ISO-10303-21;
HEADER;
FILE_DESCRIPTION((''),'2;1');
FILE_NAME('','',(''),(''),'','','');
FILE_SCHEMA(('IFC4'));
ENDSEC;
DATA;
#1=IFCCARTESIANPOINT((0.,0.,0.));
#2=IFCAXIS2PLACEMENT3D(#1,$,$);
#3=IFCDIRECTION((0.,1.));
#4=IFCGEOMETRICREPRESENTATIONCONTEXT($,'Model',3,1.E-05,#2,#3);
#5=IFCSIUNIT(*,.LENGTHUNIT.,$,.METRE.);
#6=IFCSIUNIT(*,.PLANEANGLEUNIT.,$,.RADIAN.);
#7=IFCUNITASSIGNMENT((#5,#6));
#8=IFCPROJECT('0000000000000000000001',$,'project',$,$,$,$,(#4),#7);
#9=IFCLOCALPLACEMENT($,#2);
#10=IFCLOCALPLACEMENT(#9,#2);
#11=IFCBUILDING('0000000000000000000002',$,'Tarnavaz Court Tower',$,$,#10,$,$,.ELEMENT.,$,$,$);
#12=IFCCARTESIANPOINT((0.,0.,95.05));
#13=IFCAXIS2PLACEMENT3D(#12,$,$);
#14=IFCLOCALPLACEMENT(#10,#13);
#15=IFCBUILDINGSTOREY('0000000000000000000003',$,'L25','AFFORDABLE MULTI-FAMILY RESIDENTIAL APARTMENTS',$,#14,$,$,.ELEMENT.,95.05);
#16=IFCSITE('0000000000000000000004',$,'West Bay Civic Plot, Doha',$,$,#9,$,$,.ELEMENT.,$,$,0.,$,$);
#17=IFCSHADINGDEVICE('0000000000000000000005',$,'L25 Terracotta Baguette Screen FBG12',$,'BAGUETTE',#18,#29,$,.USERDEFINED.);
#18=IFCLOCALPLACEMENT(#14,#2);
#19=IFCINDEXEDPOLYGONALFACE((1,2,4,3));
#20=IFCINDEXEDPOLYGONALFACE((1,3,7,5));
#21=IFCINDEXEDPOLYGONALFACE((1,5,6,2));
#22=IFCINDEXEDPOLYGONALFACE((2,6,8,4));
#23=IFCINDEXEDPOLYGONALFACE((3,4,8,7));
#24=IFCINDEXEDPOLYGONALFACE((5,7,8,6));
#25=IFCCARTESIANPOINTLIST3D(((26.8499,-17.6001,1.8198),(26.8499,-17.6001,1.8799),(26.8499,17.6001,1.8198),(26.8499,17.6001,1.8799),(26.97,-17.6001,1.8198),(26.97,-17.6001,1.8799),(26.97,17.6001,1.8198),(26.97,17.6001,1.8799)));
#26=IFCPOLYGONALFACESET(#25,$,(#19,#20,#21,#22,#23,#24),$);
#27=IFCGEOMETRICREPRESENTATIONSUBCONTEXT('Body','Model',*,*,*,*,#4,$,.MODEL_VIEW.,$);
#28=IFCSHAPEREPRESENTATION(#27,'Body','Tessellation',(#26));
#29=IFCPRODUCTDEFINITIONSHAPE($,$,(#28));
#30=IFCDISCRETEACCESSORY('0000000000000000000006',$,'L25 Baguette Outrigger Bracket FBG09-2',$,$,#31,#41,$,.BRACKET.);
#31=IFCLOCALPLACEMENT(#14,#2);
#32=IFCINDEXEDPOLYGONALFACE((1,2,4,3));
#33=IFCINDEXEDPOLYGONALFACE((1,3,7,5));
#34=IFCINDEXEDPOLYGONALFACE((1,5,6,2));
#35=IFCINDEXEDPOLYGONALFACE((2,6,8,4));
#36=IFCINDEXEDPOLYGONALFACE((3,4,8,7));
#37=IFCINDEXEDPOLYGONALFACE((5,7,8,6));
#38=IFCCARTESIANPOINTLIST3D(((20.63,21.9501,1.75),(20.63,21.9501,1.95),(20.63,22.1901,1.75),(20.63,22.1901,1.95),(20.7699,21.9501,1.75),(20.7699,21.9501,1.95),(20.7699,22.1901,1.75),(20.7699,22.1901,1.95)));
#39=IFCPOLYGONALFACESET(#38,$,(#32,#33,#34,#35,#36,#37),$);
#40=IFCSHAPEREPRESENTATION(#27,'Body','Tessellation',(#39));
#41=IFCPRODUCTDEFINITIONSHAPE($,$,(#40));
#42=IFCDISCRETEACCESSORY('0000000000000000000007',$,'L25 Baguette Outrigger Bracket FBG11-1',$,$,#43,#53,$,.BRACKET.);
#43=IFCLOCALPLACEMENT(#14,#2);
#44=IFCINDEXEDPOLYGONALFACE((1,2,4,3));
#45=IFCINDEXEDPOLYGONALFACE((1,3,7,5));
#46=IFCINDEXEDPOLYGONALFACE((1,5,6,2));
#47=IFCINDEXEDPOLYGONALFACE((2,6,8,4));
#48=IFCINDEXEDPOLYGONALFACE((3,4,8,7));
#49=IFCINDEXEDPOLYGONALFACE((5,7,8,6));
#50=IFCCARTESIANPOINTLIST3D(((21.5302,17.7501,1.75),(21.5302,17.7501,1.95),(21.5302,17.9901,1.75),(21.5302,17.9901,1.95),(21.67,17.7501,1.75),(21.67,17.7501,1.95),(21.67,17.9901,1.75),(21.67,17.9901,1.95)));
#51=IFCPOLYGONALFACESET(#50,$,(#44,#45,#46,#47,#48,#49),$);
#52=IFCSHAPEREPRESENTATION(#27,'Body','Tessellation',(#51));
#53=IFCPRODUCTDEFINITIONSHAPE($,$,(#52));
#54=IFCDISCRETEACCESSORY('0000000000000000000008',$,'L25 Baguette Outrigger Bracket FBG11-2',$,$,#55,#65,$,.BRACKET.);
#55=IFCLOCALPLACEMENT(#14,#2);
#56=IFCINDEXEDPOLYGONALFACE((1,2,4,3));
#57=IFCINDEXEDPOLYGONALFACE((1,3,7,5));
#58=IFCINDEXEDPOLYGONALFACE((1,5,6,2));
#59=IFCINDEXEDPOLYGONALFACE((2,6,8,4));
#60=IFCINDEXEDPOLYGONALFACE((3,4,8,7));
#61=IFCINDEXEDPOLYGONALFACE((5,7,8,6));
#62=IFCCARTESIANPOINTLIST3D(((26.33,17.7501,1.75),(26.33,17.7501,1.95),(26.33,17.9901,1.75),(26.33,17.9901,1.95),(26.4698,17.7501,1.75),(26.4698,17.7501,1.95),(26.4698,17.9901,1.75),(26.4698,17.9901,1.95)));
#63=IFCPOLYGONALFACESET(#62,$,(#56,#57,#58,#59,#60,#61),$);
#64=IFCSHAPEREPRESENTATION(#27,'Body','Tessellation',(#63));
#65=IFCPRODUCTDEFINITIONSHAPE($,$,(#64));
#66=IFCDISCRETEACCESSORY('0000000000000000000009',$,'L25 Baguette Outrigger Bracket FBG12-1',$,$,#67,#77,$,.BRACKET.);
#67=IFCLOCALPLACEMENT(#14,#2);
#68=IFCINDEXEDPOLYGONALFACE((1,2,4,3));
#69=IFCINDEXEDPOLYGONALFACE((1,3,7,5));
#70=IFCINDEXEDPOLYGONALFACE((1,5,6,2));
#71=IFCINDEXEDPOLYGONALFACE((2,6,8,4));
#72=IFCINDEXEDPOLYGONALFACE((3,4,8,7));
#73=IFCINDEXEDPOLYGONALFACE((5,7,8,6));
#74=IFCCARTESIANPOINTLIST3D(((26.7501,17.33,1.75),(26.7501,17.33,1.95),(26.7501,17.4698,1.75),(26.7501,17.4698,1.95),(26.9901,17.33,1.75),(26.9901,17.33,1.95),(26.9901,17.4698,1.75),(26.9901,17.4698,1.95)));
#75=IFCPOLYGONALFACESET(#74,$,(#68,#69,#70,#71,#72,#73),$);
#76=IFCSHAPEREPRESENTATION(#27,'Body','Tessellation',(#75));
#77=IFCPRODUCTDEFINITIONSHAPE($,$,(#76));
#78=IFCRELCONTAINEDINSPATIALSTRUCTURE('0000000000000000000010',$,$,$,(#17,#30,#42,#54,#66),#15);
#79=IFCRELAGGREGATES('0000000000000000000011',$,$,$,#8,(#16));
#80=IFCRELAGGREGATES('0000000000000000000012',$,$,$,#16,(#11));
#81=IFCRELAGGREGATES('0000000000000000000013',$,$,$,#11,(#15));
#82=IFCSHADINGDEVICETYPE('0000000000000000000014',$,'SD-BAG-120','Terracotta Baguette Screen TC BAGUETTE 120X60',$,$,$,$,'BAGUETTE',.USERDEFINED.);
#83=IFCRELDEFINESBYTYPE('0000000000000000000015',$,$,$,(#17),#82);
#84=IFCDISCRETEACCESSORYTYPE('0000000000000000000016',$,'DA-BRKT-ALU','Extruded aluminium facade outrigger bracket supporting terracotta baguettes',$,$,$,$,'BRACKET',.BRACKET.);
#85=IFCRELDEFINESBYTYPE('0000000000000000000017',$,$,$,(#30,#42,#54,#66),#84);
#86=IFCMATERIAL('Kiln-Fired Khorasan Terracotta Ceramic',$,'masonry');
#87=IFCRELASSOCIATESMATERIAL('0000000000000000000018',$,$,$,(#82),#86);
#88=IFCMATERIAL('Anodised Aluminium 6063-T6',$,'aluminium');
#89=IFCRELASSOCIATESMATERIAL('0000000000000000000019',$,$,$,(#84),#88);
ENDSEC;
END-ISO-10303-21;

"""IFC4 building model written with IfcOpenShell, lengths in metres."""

from ifc_helpers import new_model, si_unit, direction, frame, origin, origin_2d, place, context, subcontext, project, spatial, rectangle, extrude, material, material_profile, profile_set, type_object, element, save


model = new_model("IFC4")

# Units and contexts
model_context = context("Model", 3, precision=1e-05, world=origin(), true_north=direction((0.0, 1.0)))
body_context = subcontext(model_context, "Body", "Model", "MODEL_VIEW")
ifc_project = project(units=[si_unit("LENGTHUNIT", "METRE"), si_unit("PLANEANGLEUNIT", "RADIAN")], contexts=[model_context])

# Site, building, storey
site_placement = place(None, origin())
site = spatial("IfcSite", under=ifc_project, at=site_placement, Name="West Bay Civic Plot, Doha", CompositionType="ELEMENT", RefElevation=0.0)
building_placement = place(site_placement, origin())
building = spatial("IfcBuilding", under=site, at=building_placement, Name="Tarnavaz Court Tower", CompositionType="ELEMENT")
storey_placement = place(building_placement, frame((0.0, 0.0, 95.05)))
storey = spatial("IfcBuildingStorey", under=building, at=storey_placement, Name="L25", Description="AFFORDABLE MULTI-FAMILY RESIDENTIAL APARTMENTS", CompositionType="ELEMENT", Elevation=95.05)

# Shading device
ifc_material_1 = material(Name="Kiln-Fired Khorasan Terracotta Ceramic", Category="masonry")
ifc_material_profile_1 = material_profile(ifc_material_1, rectangle(XDim=0.1201, YDim=0.0601, at=origin_2d()), Name="TC BAGUETTE 120X60")
ifc_profile_set_1 = profile_set([ifc_material_profile_1], Name="Kiln-Fired Khorasan Terracotta Ceramic")
shading_device_type = type_object("IfcShadingDeviceType", Name="SD-BAG-120", Description="Terracotta Baguette Screen TC BAGUETTE 120X60", ElementType="BAGUETTE", PredefinedType="USERDEFINED", material=ifc_profile_set_1)
shading_device_1_placement = place(storey_placement, frame((26.9099, 17.6001, 1.8499), z_axis=(0.0, -1.0, 0.0), x_axis=(1.0, 0.0, 0.0)))
element("IfcShadingDevice", 1, at=shading_device_1_placement, inside=storey, type_object=shading_device_type, Name="L25 Terracotta Baguette Screen FBG12", ObjectType="BAGUETTE", PredefinedType="USERDEFINED", context=body_context, shape_type="SweptSolid", body=[
    extrude(rectangle(XDim=0.1201, YDim=0.0601, at=origin_2d()), origin(), (0.0, 0.0, 1.0), 35.2002),
])

# Discrete accessories
ifc_material_2 = material(Name="Anodised Aluminium 6063-T6", Category="aluminium")
discrete_accessory_type = type_object("IfcDiscreteAccessoryType", Name="DA-BRKT-ALU", Description="Extruded aluminium facade outrigger bracket supporting terracotta baguettes", ElementType="BRACKET", PredefinedType="BRACKET", material=ifc_material_2)
for number, where, z_axis, x_axis, name in (
    (2, (20.7, 22.0701, 1.75), (0.0, 0.0, 1.0), (1.0, 0.0, 0.0), "L25 Baguette Outrigger Bracket FBG09-2"),
    (3, (21.6001, 17.8701, 1.75), (0.0, 0.0, 1.0), (1.0, 0.0, 0.0), "L25 Baguette Outrigger Bracket FBG11-1"),
    (4, (26.3999, 17.8701, 1.75), (0.0, 0.0, 1.0), (1.0, 0.0, 0.0), "L25 Baguette Outrigger Bracket FBG11-2"),
    (5, (26.8701, 17.3999, 1.75), (0.0, 0.0, 1.0), (0.0, -1.0, 0.0), "L25 Baguette Outrigger Bracket FBG12-1"),
):
    element("IfcDiscreteAccessory", number, at=place(storey_placement, frame(where, z_axis=z_axis, x_axis=x_axis)), inside=storey, type_object=discrete_accessory_type, Name=name, PredefinedType="BRACKET", context=body_context, shape_type="SweptSolid", body=[
        extrude(rectangle(XDim=0.1399, YDim=0.24, at=origin_2d()), origin(), (0.0, 0.0, 1.0), 0.2),
    ])

save(model, "model.ifc")
